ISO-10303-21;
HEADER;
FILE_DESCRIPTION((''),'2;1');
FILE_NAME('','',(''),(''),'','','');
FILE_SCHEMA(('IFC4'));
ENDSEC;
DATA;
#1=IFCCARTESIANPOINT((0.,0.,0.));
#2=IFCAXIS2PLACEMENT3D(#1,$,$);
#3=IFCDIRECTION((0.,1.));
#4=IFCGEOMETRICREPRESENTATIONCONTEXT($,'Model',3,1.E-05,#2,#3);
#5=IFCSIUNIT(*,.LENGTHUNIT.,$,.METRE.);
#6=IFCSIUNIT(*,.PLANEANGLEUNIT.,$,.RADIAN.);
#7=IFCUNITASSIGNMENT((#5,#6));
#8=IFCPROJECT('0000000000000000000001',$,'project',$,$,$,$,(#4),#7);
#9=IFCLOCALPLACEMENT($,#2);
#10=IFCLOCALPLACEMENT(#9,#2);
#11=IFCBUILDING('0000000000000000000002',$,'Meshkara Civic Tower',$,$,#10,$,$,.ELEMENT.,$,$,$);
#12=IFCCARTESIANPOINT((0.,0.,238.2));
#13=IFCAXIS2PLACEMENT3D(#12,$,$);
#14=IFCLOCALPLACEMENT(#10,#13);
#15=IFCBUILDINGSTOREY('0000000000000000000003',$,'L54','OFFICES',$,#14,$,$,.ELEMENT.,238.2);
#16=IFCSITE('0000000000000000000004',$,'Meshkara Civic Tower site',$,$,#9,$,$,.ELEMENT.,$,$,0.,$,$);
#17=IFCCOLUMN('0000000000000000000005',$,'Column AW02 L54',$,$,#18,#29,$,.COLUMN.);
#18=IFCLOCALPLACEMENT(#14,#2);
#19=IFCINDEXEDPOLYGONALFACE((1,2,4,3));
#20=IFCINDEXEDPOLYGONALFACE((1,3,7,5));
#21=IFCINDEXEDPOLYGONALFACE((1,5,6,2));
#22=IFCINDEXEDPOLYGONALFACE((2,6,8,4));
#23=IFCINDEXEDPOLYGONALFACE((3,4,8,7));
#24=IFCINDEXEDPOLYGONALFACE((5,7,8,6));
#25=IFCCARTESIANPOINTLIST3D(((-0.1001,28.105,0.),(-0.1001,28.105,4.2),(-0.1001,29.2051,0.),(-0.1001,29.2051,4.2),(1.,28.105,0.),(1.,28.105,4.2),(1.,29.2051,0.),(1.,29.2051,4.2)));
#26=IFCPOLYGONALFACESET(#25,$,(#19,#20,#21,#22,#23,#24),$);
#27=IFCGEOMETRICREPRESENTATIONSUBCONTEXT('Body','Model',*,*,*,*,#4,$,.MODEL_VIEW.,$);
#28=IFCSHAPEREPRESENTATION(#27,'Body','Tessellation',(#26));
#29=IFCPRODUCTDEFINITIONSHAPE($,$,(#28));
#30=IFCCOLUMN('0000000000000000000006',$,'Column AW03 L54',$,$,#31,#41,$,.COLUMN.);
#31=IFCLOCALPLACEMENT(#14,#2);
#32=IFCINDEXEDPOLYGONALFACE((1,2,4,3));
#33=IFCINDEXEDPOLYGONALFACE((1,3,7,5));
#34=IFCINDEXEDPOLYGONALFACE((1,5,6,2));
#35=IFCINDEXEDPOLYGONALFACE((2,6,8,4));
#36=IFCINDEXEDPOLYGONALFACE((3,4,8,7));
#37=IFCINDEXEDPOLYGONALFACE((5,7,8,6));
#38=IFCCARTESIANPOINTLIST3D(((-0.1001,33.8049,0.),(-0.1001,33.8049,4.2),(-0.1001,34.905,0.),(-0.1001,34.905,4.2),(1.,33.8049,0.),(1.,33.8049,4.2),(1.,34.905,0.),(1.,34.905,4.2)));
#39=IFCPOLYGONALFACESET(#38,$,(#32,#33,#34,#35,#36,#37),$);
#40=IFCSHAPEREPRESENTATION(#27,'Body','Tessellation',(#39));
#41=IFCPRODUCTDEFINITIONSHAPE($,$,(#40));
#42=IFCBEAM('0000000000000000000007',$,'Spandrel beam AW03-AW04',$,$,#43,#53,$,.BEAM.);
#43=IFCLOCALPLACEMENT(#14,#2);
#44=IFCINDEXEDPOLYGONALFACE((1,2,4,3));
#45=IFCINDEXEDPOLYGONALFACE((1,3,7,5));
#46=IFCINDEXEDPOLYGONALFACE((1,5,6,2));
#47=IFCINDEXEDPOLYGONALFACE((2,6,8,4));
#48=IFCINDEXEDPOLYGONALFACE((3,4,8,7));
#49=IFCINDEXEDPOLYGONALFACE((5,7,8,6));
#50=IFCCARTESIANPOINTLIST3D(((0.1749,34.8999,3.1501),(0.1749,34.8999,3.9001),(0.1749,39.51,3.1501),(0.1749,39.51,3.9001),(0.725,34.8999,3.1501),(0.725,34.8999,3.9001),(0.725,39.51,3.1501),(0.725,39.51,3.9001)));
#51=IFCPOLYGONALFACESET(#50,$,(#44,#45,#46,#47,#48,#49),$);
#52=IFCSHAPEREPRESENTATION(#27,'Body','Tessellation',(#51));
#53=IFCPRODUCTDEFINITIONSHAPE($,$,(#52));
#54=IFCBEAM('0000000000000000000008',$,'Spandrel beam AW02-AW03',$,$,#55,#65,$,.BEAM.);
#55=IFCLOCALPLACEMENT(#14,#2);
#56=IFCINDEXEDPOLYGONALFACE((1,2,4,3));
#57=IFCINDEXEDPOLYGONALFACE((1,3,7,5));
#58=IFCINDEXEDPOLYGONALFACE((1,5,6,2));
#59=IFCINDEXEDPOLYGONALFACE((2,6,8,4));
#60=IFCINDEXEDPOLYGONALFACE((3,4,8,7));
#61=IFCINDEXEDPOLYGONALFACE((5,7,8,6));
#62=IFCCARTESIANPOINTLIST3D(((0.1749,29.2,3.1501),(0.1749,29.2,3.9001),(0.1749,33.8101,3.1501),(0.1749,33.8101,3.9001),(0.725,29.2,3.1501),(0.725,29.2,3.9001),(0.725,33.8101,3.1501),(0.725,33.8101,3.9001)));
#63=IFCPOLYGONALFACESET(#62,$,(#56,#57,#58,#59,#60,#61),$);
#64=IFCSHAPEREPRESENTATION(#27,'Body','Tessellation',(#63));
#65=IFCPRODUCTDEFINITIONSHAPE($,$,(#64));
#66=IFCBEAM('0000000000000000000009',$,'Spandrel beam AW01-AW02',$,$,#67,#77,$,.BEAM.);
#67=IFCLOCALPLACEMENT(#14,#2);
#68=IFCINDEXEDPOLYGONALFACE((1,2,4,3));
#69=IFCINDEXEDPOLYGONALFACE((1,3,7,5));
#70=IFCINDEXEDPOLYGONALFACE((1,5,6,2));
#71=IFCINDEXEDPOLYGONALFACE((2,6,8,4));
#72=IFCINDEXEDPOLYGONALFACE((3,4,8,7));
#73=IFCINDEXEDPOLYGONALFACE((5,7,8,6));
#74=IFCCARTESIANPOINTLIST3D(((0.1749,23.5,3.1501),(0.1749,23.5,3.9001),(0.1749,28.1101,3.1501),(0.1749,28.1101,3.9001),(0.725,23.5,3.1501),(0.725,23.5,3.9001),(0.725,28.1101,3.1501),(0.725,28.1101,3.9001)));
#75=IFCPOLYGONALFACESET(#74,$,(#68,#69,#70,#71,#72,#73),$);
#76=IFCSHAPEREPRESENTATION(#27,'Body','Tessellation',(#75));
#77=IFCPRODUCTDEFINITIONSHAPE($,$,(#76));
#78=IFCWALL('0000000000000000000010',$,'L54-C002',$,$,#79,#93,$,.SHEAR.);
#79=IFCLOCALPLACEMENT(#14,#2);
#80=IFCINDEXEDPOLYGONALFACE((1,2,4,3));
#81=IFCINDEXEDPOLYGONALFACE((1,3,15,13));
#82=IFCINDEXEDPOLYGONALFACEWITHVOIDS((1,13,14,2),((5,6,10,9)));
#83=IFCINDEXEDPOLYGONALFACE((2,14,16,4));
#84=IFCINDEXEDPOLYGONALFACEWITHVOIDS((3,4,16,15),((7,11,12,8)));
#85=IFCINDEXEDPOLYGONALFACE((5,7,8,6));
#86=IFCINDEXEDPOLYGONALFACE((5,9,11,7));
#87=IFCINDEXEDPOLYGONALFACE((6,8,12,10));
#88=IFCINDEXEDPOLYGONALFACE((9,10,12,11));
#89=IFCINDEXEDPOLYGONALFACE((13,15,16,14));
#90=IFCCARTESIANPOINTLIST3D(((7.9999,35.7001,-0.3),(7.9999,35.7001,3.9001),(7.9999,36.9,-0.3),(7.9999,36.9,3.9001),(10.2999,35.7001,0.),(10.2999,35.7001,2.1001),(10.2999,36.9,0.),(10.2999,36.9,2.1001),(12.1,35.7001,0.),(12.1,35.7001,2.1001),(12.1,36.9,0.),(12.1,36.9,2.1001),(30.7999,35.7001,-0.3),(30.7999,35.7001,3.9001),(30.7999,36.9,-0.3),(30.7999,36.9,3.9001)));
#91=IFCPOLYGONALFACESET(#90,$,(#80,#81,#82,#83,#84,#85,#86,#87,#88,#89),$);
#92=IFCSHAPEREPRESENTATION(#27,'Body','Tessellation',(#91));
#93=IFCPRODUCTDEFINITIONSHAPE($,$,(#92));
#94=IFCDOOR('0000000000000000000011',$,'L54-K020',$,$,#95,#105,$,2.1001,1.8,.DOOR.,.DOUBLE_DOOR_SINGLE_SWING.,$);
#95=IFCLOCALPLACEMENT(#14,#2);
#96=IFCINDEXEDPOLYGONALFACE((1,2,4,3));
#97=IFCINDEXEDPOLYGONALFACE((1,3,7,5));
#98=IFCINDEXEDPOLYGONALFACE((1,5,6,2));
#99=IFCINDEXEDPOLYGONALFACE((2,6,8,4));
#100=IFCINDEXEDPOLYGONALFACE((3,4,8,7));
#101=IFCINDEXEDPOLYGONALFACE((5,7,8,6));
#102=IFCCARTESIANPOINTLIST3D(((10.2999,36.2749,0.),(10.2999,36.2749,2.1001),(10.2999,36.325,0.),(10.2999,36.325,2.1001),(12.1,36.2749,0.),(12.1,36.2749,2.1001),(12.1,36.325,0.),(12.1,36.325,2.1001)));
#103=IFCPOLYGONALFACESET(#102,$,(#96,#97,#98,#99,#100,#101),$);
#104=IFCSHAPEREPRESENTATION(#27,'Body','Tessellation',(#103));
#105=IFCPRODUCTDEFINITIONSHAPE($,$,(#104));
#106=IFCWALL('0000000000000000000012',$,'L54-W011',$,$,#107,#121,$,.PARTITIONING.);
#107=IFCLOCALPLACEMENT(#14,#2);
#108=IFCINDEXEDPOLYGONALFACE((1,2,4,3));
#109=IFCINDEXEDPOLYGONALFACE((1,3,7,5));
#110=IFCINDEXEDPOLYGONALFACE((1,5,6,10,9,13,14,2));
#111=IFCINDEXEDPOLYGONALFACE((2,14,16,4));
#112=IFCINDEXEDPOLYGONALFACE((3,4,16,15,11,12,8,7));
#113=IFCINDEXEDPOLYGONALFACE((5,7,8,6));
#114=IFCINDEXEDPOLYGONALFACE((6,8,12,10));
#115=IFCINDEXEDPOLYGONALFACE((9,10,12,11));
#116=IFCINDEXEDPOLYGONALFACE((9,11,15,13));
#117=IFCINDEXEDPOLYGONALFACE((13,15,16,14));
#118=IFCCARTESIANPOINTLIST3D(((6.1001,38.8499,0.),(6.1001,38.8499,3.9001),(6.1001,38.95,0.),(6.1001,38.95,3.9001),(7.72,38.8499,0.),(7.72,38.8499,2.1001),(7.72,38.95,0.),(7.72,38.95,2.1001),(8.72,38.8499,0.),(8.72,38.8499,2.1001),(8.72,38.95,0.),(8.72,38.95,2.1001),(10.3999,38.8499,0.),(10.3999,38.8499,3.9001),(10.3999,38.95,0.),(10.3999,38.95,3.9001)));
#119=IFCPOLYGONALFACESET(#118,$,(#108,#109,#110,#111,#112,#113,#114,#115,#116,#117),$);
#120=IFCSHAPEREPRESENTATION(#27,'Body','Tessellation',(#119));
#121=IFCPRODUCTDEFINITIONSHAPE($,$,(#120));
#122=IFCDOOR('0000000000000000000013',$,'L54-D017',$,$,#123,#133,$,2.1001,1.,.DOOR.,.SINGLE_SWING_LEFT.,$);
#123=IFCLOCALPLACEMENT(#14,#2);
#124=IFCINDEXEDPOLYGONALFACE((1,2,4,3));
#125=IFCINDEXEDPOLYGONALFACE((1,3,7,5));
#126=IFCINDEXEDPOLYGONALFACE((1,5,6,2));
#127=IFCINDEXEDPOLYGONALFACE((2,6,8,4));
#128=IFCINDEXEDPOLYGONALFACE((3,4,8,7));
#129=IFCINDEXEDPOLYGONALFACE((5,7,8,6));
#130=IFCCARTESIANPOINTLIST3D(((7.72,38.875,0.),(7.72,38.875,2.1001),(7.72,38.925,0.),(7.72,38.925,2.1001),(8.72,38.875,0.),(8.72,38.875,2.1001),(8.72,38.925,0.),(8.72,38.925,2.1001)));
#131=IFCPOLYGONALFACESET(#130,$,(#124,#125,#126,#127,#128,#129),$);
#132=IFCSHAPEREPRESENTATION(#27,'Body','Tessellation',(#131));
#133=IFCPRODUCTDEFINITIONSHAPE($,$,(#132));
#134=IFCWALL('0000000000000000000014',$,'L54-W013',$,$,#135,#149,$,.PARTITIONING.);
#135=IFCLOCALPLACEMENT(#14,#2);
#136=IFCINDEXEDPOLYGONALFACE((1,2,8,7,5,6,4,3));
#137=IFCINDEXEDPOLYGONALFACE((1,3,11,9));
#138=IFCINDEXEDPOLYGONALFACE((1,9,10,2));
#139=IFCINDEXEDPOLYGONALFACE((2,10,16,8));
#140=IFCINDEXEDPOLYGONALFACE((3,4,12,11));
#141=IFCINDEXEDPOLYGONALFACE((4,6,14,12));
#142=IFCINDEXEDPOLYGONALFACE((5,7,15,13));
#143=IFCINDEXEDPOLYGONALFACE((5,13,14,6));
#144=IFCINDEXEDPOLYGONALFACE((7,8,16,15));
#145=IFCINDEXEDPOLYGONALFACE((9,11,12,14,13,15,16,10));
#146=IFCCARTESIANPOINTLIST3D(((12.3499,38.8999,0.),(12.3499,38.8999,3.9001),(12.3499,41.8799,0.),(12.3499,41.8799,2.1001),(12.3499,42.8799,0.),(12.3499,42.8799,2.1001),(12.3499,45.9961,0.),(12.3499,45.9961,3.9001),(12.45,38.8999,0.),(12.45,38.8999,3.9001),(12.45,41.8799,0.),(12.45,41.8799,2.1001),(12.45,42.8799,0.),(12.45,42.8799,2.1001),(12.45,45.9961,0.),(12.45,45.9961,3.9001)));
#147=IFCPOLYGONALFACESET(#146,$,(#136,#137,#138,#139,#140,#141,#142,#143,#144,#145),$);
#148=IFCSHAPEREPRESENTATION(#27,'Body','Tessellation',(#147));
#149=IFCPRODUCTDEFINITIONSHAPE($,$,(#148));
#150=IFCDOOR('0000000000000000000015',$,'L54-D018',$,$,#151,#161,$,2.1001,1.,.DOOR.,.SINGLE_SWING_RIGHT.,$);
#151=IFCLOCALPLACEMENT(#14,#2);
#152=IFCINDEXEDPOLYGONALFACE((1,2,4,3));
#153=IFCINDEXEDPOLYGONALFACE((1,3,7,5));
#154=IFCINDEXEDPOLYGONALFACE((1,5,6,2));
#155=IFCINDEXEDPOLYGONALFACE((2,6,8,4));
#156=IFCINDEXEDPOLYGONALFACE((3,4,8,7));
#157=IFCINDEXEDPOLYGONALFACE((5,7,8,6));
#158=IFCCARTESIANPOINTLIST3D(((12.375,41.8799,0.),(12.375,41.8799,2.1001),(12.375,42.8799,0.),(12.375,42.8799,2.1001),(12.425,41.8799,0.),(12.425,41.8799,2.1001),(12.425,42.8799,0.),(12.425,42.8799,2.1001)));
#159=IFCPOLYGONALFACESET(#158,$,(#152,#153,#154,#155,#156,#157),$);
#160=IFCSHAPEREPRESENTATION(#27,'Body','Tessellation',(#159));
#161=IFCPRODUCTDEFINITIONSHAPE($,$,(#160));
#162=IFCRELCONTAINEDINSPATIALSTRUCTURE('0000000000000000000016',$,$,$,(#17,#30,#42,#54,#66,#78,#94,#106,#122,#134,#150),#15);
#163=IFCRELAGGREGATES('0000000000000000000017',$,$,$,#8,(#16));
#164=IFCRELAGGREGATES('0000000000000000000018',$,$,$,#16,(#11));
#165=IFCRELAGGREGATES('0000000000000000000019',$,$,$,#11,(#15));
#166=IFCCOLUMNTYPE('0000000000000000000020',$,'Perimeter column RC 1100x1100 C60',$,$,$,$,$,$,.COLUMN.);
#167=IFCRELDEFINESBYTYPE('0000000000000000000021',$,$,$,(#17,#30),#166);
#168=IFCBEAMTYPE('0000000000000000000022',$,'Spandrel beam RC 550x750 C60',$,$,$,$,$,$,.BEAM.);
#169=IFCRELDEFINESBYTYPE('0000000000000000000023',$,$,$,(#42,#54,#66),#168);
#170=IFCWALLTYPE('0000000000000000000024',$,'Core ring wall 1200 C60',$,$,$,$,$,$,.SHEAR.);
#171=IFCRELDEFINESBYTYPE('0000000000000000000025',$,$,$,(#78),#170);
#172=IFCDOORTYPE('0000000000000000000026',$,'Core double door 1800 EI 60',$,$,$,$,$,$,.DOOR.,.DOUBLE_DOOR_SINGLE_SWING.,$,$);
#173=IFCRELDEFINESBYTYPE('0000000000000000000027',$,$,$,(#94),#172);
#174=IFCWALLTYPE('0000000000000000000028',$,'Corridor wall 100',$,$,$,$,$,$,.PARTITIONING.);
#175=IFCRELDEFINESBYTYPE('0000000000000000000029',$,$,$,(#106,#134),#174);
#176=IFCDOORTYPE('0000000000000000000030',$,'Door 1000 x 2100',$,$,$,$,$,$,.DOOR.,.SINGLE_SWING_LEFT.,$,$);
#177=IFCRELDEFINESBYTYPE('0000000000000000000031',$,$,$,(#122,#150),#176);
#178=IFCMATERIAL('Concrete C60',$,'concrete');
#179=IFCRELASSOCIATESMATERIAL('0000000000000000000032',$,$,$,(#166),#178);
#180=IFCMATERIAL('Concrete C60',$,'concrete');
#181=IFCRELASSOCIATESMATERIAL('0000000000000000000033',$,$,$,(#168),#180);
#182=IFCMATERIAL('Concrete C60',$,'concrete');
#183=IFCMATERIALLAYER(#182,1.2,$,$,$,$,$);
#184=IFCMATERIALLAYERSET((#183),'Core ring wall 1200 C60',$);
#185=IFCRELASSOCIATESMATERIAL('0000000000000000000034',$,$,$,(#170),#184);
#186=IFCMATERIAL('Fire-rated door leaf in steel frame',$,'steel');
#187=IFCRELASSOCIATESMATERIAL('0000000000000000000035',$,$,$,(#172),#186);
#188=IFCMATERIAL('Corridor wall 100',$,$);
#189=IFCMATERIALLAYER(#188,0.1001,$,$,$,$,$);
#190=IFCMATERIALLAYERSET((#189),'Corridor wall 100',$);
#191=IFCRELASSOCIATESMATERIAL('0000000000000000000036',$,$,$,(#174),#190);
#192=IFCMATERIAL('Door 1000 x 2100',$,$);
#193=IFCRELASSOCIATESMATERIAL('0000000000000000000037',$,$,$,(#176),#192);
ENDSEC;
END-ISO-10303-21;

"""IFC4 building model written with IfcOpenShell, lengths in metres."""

from ifc_helpers import new_model, si_unit, direction, frame, frame_2d, origin, origin_2d, place, context, subcontext, project, spatial, rectangle, extrude, material, layer, layer_set, material_profile, profile_set, type_object, element, fill, save


model = new_model("IFC4")

# Units and contexts
model_context = context("Model", 3, precision=1e-05, world=origin(), true_north=direction((0.0, 1.0)))
body_context = subcontext(model_context, "Body", "Model", "MODEL_VIEW")
ifc_project = project(units=[si_unit("LENGTHUNIT", "METRE"), si_unit("PLANEANGLEUNIT", "RADIAN")], contexts=[model_context])

# Site, building, storey
site_placement = place(None, origin())
site = spatial("IfcSite", under=ifc_project, at=site_placement, Name="Meshkara Civic Tower site", CompositionType="ELEMENT", RefElevation=0.0)
building_placement = place(site_placement, origin())
building = spatial("IfcBuilding", under=site, at=building_placement, Name="Meshkara Civic Tower", CompositionType="ELEMENT")
storey_placement = place(building_placement, frame((0.0, 0.0, 238.2)))
storey = spatial("IfcBuildingStorey", under=building, at=storey_placement, Name="L54", Description="OFFICES", CompositionType="ELEMENT", Elevation=238.2)

# Columns
ifc_material_1 = material(Name="Concrete C60", Category="concrete")
ifc_material_profile_1 = material_profile(ifc_material_1, rectangle(XDim=1.1001, YDim=1.1001, at=origin_2d()))
ifc_profile_set_1 = profile_set([ifc_material_profile_1], Name="Concrete C60")
column_type = type_object("IfcColumnType", Name="Perimeter column RC 1100x1100 C60", PredefinedType="COLUMN", material=ifc_profile_set_1)
for number, where, z_axis, x_axis, name in (
    (1, (0.45, 28.655, 0.0), (0.0, 0.0, 1.0), (1.0, 0.0, 0.0), "Column AW02 L54"),
    (2, (0.45, 34.355, 0.0), (0.0, 0.0, 1.0), (1.0, 0.0, 0.0), "Column AW03 L54"),
):
    element("IfcColumn", number, at=place(storey_placement, frame(where, z_axis=z_axis, x_axis=x_axis)), inside=storey, type_object=column_type, Name=name, PredefinedType="COLUMN", context=body_context, shape_type="SweptSolid", body=[
        extrude(rectangle(XDim=1.1001, YDim=1.1001, at=origin_2d()), origin(), (0.0, 0.0, 1.0), 4.2),
    ])

# Beams
ifc_material_2 = material(Name="Concrete C60", Category="concrete")
ifc_material_profile_2 = material_profile(ifc_material_2, rectangle(XDim=0.55, YDim=0.75, at=origin_2d()))
ifc_profile_set_2 = profile_set([ifc_material_profile_2], Name="Concrete C60")
beam_type = type_object("IfcBeamType", Name="Spandrel beam RC 550x750 C60", PredefinedType="BEAM", material=ifc_profile_set_2)
for number, where, z_axis, x_axis, name in (
    (3, (0.45, 39.51, 3.5251), (0.0, -1.0, 0.0), (1.0, 0.0, 0.0), "Spandrel beam AW03-AW04"),
    (4, (0.45, 33.8101, 3.5251), (0.0, -1.0, 0.0), (1.0, 0.0, 0.0), "Spandrel beam AW02-AW03"),
    (5, (0.45, 28.1101, 3.5251), (0.0, -1.0, 0.0), (1.0, 0.0, 0.0), "Spandrel beam AW01-AW02"),
):
    element("IfcBeam", number, at=place(storey_placement, frame(where, z_axis=z_axis, x_axis=x_axis)), inside=storey, type_object=beam_type, Name=name, PredefinedType="BEAM", context=body_context, shape_type="SweptSolid", body=[
        extrude(rectangle(XDim=0.55, YDim=0.75, at=origin_2d()), origin(), (0.0, 0.0, 1.0), 4.6101),
    ])

# Walls, openings, doors
ifc_material_3 = material(Name="Concrete C60", Category="concrete")
ifc_layer_1 = layer(ifc_material_3, 1.2)
ifc_layer_set_1 = layer_set([ifc_layer_1], Name="Core ring wall 1200 C60")
wall_type_1 = type_object("IfcWallType", Name="Core ring wall 1200 C60", PredefinedType="SHEAR", material=ifc_layer_set_1)
wall_1_placement = place(storey_placement, frame((8.0, 36.3, -0.3), z_axis=(0.0, 0.0, 1.0), x_axis=(1.0, 0.0, 0.0)))
wall_1 = element("IfcWall", 6, at=wall_1_placement, inside=storey, type_object=wall_type_1, Name="L54-C002", PredefinedType="SHEAR", context=body_context, shape_type="SweptSolid", body=[
    extrude(rectangle(XDim=22.8, YDim=1.2, at=frame_2d((11.3999, 0.0))), origin(), (0.0, 0.0, 1.0), 4.2002),
])
opening_1_placement = place(wall_1_placement, frame((2.3, 0.0, 0.3)))
opening_1 = element("IfcOpeningElement", 7, at=opening_1_placement, cuts=wall_1, PredefinedType="OPENING", context=body_context, shape_type="SweptSolid", body=[
    extrude(rectangle(XDim=1.8, YDim=2.1001, at=frame_2d((0.8999, 1.05))), frame((0.0, 0.6099, 0.0), z_axis=(0.0, -1.0, 0.0), x_axis=(1.0, 0.0, 0.0)), (0.0, 0.0, 1.0), 1.22),
])
ifc_material_4 = material(Name="Fire-rated door leaf in steel frame", Category="steel")
door_type_1 = type_object("IfcDoorType", Name="Core double door 1800 EI 60", OperationType="DOUBLE_DOOR_SINGLE_SWING", PredefinedType="DOOR", material=ifc_material_4)
door_1_placement = place(opening_1_placement, origin())
door_1 = element("IfcDoor", 8, at=door_1_placement, inside=storey, type_object=door_type_1, Name="L54-K020", OperationType="DOUBLE_DOOR_SINGLE_SWING", OverallHeight=2.1001, OverallWidth=1.8, PredefinedType="DOOR", context=body_context, shape_type="SweptSolid", body=[
    extrude(rectangle(XDim=1.8, YDim=2.1001, at=frame_2d((0.8999, 1.05))), frame((0.0, 0.0249, 0.0), z_axis=(0.0, -1.0, 0.0), x_axis=(1.0, 0.0, 0.0)), (0.0, 0.0, 1.0), 0.05),
])
fill(opening_1, door_1)
ifc_material_5 = material(Name="Corridor wall 100")
ifc_layer_2 = layer(ifc_material_5, 0.1001)
ifc_layer_set_2 = layer_set([ifc_layer_2], Name="Corridor wall 100")
wall_type_2 = type_object("IfcWallType", Name="Corridor wall 100", PredefinedType="PARTITIONING", material=ifc_layer_set_2)
wall_2_placement = place(storey_placement, frame((10.3999, 38.8999, 0.0), z_axis=(0.0, 0.0, 1.0), x_axis=(-1.0, 0.0, 0.0)))
wall_2 = element("IfcWall", 9, at=wall_2_placement, inside=storey, type_object=wall_type_2, Name="L54-W011", PredefinedType="PARTITIONING", context=body_context, shape_type="SweptSolid", body=[
    extrude(rectangle(XDim=4.2998, YDim=0.1001, at=frame_2d((2.1499, 0.0))), origin(), (0.0, 0.0, 1.0), 3.9001),
])
opening_2_placement = place(wall_2_placement, frame((1.6799, 0.0, 0.0)))
opening_2 = element("IfcOpeningElement", 10, at=opening_2_placement, cuts=wall_2, PredefinedType="OPENING", context=body_context, shape_type="SweptSolid", body=[
    extrude(rectangle(XDim=1.0, YDim=2.1001, at=frame_2d((0.5, 1.05))), frame((0.0, 0.0601, 0.0), z_axis=(0.0, -1.0, 0.0), x_axis=(1.0, 0.0, 0.0)), (0.0, 0.0, 1.0), 0.1201),
])
ifc_material_6 = material(Name="Door 1000 x 2100")
door_type_2 = type_object("IfcDoorType", Name="Door 1000 x 2100", OperationType="SINGLE_SWING_LEFT", PredefinedType="DOOR", material=ifc_material_6)
door_2_placement = place(opening_2_placement, origin())
door_2 = element("IfcDoor", 11, at=door_2_placement, inside=storey, type_object=door_type_2, Name="L54-D017", OperationType="SINGLE_SWING_LEFT", OverallHeight=2.1001, OverallWidth=1.0, PredefinedType="DOOR", context=body_context, shape_type="SweptSolid", body=[
    extrude(rectangle(XDim=1.0, YDim=2.1001, at=frame_2d((0.5, 1.05))), frame((0.0, 0.0249, 0.0), z_axis=(0.0, -1.0, 0.0), x_axis=(1.0, 0.0, 0.0)), (0.0, 0.0, 1.0), 0.05),
])
fill(opening_2, door_2)
wall_3_placement = place(storey_placement, frame((12.3999, 38.8999, 0.0), z_axis=(0.0, 0.0, 1.0), x_axis=(0.0, 1.0, 0.0)))
wall_3 = element("IfcWall", 12, at=wall_3_placement, inside=storey, type_object=wall_type_2, Name="L54-W013", PredefinedType="PARTITIONING", context=body_context, shape_type="SweptSolid", body=[
    extrude(rectangle(XDim=7.0962, YDim=0.1001, at=frame_2d((3.5481, 0.0))), origin(), (0.0, 0.0, 1.0), 3.9001),
])
opening_3_placement = place(wall_3_placement, frame((2.98, 0.0, 0.0)))
opening_3 = element("IfcOpeningElement", 13, at=opening_3_placement, cuts=wall_3, PredefinedType="OPENING", context=body_context, shape_type="SweptSolid", body=[
    extrude(rectangle(XDim=1.0, YDim=2.1001, at=frame_2d((0.5, 1.05))), frame((0.0, 0.0601, 0.0), z_axis=(0.0, -1.0, 0.0), x_axis=(1.0, 0.0, 0.0)), (0.0, 0.0, 1.0), 0.1201),
])
door_3_placement = place(opening_3_placement, origin())
door_3 = element("IfcDoor", 14, at=door_3_placement, inside=storey, type_object=door_type_2, Name="L54-D018", OperationType="SINGLE_SWING_RIGHT", OverallHeight=2.1001, OverallWidth=1.0, PredefinedType="DOOR", context=body_context, shape_type="SweptSolid", body=[
    extrude(rectangle(XDim=1.0, YDim=2.1001, at=frame_2d((0.5, 1.05))), frame((0.0, 0.0249, 0.0), z_axis=(0.0, -1.0, 0.0), x_axis=(1.0, 0.0, 0.0)), (0.0, 0.0, 1.0), 0.05),
])
fill(opening_3, door_3)

save(model, "model.ifc")
